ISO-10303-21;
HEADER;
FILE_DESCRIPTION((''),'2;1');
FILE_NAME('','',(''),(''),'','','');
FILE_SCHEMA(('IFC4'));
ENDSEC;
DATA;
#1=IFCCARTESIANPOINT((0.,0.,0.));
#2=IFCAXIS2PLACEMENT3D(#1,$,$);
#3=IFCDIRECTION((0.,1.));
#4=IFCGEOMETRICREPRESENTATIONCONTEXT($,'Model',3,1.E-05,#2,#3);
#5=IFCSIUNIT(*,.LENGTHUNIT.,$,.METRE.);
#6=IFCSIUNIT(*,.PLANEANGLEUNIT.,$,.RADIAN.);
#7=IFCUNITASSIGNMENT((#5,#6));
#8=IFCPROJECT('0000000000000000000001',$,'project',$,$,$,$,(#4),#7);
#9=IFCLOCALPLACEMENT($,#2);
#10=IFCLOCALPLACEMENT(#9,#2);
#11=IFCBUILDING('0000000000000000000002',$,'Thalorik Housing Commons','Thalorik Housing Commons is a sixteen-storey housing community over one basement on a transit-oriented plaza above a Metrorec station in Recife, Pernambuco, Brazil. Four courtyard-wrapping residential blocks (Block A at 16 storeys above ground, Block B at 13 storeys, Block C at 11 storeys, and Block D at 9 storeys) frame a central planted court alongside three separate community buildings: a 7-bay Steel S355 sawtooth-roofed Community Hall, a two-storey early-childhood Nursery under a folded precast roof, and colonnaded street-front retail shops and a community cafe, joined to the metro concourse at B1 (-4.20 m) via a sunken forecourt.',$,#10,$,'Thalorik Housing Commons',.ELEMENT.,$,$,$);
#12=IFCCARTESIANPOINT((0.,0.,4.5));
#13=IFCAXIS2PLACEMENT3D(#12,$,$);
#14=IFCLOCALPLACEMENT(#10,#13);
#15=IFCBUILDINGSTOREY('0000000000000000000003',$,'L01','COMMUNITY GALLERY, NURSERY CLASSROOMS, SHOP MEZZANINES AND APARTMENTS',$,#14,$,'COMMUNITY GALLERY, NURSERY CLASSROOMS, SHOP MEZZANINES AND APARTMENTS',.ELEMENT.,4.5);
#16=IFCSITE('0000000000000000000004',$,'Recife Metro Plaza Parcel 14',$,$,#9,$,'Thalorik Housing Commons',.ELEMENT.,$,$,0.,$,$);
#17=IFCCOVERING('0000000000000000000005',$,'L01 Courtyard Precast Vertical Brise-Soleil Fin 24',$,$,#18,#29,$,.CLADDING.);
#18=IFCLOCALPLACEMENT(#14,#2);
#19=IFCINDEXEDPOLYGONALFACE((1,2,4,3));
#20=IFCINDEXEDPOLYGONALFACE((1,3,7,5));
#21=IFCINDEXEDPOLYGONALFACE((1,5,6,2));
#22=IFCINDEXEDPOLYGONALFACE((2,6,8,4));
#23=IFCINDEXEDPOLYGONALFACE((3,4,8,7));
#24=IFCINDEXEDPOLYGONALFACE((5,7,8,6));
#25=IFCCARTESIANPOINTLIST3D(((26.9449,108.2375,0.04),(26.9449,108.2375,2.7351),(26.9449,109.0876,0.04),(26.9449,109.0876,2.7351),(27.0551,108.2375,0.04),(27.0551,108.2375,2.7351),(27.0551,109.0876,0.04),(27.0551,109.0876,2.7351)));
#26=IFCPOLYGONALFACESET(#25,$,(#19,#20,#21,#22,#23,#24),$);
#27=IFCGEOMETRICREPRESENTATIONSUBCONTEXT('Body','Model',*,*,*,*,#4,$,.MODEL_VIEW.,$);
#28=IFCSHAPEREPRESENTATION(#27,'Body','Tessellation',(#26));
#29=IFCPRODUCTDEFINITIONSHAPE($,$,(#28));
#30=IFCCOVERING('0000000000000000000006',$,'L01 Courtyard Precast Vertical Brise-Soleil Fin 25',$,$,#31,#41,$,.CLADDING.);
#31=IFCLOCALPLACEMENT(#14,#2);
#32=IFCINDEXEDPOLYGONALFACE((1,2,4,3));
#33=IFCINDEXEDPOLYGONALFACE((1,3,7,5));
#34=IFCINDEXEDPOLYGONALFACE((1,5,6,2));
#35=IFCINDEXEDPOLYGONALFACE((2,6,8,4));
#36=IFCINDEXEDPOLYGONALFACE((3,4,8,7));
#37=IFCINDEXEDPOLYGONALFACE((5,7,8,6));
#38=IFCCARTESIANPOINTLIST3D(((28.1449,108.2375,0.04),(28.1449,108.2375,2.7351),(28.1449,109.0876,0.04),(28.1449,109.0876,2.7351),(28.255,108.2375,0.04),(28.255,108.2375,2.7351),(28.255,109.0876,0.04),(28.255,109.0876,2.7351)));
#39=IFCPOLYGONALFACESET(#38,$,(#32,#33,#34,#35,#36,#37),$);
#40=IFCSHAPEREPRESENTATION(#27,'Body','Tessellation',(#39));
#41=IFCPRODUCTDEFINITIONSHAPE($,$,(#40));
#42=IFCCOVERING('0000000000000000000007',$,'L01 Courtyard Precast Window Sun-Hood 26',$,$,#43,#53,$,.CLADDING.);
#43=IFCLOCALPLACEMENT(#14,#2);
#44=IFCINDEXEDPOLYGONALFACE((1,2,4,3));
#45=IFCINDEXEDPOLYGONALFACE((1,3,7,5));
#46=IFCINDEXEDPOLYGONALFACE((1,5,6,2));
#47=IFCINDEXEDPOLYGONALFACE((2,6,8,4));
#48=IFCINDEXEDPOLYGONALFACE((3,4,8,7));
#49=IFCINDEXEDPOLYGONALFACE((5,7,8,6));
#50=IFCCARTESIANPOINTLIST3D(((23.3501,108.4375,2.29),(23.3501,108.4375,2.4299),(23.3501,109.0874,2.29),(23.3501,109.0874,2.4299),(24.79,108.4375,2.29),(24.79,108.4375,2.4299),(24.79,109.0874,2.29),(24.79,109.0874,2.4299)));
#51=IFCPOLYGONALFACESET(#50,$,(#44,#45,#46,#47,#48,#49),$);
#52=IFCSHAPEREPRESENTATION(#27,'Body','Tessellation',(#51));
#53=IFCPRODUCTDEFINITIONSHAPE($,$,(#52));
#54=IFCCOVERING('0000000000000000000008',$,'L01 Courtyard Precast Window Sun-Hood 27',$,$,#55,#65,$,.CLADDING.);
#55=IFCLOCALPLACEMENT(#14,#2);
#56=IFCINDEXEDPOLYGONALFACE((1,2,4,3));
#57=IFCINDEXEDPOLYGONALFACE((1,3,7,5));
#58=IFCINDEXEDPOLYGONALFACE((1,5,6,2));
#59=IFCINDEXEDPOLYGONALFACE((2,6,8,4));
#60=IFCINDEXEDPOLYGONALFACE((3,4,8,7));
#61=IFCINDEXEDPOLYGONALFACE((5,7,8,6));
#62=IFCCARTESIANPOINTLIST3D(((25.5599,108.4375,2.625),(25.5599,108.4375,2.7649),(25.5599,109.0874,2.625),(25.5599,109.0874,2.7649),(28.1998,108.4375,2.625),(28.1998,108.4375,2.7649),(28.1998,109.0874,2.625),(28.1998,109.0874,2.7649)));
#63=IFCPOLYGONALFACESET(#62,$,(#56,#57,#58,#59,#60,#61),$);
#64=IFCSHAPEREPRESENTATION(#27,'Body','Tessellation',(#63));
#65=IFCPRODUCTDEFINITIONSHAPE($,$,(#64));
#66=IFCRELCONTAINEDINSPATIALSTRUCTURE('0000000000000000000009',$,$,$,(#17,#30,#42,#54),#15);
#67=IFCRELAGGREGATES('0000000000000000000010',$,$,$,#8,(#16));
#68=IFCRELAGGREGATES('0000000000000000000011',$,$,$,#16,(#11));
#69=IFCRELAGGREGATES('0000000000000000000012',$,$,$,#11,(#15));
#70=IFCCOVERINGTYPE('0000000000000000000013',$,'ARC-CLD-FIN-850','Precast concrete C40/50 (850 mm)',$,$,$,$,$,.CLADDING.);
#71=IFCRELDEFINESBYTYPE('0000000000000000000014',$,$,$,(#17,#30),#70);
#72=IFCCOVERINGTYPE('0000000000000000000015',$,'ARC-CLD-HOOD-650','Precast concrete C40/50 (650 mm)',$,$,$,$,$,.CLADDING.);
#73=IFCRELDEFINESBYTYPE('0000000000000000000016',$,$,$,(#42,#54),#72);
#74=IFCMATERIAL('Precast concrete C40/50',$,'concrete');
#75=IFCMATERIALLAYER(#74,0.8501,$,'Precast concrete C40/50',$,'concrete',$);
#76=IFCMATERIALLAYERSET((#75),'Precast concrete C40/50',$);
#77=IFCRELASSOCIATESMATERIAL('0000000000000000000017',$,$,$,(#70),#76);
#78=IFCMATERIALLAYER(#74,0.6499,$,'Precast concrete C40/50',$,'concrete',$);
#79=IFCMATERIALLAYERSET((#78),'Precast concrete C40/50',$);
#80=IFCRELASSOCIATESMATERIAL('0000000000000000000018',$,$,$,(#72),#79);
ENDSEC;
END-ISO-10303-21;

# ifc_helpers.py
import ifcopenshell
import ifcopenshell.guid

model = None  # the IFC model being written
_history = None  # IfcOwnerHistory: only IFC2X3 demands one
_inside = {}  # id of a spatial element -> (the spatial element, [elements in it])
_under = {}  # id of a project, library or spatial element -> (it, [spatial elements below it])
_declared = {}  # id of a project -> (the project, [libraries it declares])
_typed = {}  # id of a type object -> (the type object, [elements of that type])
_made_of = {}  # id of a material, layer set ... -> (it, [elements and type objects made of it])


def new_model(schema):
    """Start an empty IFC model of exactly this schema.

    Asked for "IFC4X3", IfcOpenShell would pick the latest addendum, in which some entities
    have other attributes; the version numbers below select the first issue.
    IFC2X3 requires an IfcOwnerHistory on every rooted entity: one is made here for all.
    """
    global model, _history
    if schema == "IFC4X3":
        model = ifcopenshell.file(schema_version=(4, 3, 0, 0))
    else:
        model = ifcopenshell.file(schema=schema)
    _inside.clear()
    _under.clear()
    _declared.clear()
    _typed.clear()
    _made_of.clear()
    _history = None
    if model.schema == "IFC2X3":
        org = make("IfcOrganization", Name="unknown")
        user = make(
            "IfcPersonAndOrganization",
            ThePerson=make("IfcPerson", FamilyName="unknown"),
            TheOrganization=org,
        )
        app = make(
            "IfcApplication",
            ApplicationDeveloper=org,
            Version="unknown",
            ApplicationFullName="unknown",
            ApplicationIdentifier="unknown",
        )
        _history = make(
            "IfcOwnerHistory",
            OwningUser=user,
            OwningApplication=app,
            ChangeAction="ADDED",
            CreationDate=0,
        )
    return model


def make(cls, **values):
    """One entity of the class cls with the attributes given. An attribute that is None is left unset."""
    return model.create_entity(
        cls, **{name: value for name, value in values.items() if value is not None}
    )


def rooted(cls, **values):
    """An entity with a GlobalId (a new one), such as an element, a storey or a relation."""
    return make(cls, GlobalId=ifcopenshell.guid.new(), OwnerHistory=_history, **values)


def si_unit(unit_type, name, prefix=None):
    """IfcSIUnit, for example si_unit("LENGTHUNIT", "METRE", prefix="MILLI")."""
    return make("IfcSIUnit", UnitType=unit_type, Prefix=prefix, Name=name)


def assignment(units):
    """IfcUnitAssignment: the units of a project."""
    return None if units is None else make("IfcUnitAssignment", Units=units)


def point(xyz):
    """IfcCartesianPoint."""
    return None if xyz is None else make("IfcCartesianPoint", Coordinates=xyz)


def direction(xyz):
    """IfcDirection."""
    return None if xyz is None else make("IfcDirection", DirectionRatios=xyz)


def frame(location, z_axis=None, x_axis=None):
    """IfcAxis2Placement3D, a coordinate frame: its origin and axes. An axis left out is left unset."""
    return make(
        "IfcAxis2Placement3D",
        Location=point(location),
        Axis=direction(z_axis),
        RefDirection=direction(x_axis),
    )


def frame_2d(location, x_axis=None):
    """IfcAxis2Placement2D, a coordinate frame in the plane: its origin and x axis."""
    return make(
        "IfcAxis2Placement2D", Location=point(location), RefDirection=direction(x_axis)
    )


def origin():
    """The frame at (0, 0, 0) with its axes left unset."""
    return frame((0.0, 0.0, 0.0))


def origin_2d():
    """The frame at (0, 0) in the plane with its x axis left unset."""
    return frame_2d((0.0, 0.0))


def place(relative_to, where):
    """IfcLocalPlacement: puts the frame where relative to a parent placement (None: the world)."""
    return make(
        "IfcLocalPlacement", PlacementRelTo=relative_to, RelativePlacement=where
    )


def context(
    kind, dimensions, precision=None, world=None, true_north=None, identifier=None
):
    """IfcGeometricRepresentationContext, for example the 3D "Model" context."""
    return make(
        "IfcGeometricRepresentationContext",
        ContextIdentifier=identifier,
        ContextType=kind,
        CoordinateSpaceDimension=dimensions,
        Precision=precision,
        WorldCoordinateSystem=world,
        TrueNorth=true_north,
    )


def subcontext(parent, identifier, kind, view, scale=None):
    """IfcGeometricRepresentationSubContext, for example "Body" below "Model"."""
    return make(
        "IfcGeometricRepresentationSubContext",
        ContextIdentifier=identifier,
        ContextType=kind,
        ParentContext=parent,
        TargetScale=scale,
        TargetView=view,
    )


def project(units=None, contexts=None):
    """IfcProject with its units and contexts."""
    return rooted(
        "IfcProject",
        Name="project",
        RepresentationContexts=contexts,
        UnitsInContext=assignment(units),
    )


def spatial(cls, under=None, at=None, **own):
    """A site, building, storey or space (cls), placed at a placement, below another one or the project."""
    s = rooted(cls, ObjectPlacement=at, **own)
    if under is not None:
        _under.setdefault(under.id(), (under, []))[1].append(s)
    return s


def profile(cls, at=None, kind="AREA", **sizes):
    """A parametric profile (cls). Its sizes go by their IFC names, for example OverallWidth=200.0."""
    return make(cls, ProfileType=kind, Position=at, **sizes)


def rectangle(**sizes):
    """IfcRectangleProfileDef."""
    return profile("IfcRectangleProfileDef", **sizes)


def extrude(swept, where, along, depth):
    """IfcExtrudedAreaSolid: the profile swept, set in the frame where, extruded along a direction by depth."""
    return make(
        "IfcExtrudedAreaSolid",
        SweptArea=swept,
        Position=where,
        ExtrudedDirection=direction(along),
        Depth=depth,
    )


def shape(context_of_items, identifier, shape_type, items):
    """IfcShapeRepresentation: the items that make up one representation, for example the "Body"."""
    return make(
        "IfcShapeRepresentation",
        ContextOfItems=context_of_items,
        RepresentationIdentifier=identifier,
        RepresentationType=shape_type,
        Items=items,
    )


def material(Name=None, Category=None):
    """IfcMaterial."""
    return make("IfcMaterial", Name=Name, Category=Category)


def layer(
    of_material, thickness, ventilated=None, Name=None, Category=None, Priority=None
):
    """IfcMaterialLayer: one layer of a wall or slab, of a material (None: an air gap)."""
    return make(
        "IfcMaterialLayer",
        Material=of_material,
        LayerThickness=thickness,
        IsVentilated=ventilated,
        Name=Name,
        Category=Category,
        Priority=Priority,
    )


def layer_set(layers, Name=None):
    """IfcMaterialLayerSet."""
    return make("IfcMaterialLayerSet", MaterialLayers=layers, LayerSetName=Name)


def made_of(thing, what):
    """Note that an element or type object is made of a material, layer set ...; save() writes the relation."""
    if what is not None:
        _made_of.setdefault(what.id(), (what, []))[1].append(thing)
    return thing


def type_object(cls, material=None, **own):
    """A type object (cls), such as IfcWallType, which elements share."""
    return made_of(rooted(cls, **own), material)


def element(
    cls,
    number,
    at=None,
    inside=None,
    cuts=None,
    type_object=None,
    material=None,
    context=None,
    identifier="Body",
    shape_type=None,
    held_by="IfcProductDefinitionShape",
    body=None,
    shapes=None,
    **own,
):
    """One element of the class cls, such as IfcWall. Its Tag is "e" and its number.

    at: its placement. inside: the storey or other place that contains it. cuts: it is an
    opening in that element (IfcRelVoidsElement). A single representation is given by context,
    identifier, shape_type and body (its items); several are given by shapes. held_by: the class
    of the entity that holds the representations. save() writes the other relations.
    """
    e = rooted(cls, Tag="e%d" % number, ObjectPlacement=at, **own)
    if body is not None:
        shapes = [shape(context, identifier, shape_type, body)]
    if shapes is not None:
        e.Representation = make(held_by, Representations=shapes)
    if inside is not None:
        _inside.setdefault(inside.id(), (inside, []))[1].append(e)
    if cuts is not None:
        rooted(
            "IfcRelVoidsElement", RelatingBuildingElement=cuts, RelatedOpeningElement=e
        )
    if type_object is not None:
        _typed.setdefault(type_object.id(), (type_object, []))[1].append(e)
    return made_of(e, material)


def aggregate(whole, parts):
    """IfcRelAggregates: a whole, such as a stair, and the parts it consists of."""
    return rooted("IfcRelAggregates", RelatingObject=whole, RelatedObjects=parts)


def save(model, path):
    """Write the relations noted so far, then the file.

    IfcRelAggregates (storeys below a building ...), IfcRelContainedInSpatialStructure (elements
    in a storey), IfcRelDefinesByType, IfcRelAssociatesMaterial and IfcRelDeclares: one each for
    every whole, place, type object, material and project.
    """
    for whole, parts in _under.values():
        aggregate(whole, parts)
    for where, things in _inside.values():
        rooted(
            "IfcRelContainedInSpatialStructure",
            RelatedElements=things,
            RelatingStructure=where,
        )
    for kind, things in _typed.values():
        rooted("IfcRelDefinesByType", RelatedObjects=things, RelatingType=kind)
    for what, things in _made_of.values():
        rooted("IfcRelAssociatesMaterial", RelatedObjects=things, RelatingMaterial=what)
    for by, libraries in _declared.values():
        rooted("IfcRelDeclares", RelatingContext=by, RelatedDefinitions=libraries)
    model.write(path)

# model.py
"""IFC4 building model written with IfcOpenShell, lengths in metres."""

from ifc_helpers import new_model, si_unit, direction, frame, origin, origin_2d, place, context, subcontext, project, spatial, rectangle, extrude, material, layer, layer_set, type_object, element, save


model = new_model("IFC4")

# Units and contexts
model_context = context("Model", 3, precision=1e-05, world=origin(), true_north=direction((0.0, 1.0)))
body_context = subcontext(model_context, "Body", "Model", "MODEL_VIEW")
ifc_project = project(units=[si_unit("LENGTHUNIT", "METRE"), si_unit("PLANEANGLEUNIT", "RADIAN")], contexts=[model_context])

# Site, building, storey
site_placement = place(None, origin())
site = spatial("IfcSite", under=ifc_project, at=site_placement, Name="Recife Metro Plaza Parcel 14", LongName="Thalorik Housing Commons", CompositionType="ELEMENT", RefElevation=0.0)
building_placement = place(site_placement, origin())
building = spatial("IfcBuilding", under=site, at=building_placement, Name="Thalorik Housing Commons", Description="Thalorik Housing Commons is a sixteen-storey housing community over one basement on a transit-oriented plaza above a Metrorec station in Recife, Pernambuco, Brazil. Four courtyard-wrapping residential blocks (Block A at 16 storeys above ground, Block B at 13 storeys, Block C at 11 storeys, and Block D at 9 storeys) frame a central planted court alongside three separate community buildings: a 7-bay Steel S355 sawtooth-roofed Community Hall, a two-storey early-childhood Nursery under a folded precast roof, and colonnaded street-front retail shops and a community cafe, joined to the metro concourse at B1 (-4.20 m) via a sunken forecourt.", LongName="Thalorik Housing Commons", CompositionType="ELEMENT")
storey_placement = place(building_placement, frame((0.0, 0.0, 4.5)))
storey = spatial("IfcBuildingStorey", under=building, at=storey_placement, Name="L01", Description="COMMUNITY GALLERY, NURSERY CLASSROOMS, SHOP MEZZANINES AND APARTMENTS", LongName="COMMUNITY GALLERY, NURSERY CLASSROOMS, SHOP MEZZANINES AND APARTMENTS", CompositionType="ELEMENT", Elevation=4.5)

# Shared definitions
ifc_material_1 = material(Name="Precast concrete C40/50", Category="concrete")

# Coverings
ifc_layer_1 = layer(ifc_material_1, 0.8501, Name="Precast concrete C40/50", Category="concrete")
ifc_layer_set_1 = layer_set([ifc_layer_1], Name="Precast concrete C40/50")
covering_type_1 = type_object("IfcCoveringType", Name="ARC-CLD-FIN-850", Description="Precast concrete C40/50 (850 mm)", PredefinedType="CLADDING", material=ifc_layer_set_1)
for number, where, z_axis, x_axis, name in (
    (1, (27.0, 108.6626, 0.04), (0.0, 0.0, 1.0), (1.0, 0.0, 0.0), "L01 Courtyard Precast Vertical Brise-Soleil Fin 24"),
    (2, (28.2, 108.6626, 0.04), (0.0, 0.0, 1.0), (1.0, 0.0, 0.0), "L01 Courtyard Precast Vertical Brise-Soleil Fin 25"),
):
    element("IfcCovering", number, at=place(storey_placement, frame(where, z_axis=z_axis, x_axis=x_axis)), inside=storey, type_object=covering_type_1, Name=name, PredefinedType="CLADDING", context=body_context, shape_type="SweptSolid", body=[
        extrude(rectangle(XDim=0.1101, YDim=0.8501, at=origin_2d()), origin(), (0.0, 0.0, 1.0), 2.6951),
    ])
ifc_layer_2 = layer(ifc_material_1, 0.6499, Name="Precast concrete C40/50", Category="concrete")
ifc_layer_set_2 = layer_set([ifc_layer_2], Name="Precast concrete C40/50")
covering_type_2 = type_object("IfcCoveringType", Name="ARC-CLD-HOOD-650", Description="Precast concrete C40/50 (650 mm)", PredefinedType="CLADDING", material=ifc_layer_set_2)
covering_1_placement = place(storey_placement, frame((24.0701, 108.7625, 2.29), z_axis=(0.0, 0.0, 1.0), x_axis=(1.0, 0.0, 0.0)))
element("IfcCovering", 3, at=covering_1_placement, inside=storey, type_object=covering_type_2, Name="L01 Courtyard Precast Window Sun-Hood 26", PredefinedType="CLADDING", context=body_context, shape_type="SweptSolid", body=[
    extrude(rectangle(XDim=1.4399, YDim=0.6499, at=origin_2d()), origin(), (0.0, 0.0, 1.0), 0.1399),
])
covering_2_placement = place(storey_placement, frame((26.8799, 108.7625, 2.625), z_axis=(0.0, 0.0, 1.0), x_axis=(1.0, 0.0, 0.0)))
element("IfcCovering", 4, at=covering_2_placement, inside=storey, type_object=covering_type_2, Name="L01 Courtyard Precast Window Sun-Hood 27", PredefinedType="CLADDING", context=body_context, shape_type="SweptSolid", body=[
    extrude(rectangle(XDim=2.6399, YDim=0.6499, at=origin_2d()), origin(), (0.0, 0.0, 1.0), 0.1399),
])

save(model, "model.ifc")
